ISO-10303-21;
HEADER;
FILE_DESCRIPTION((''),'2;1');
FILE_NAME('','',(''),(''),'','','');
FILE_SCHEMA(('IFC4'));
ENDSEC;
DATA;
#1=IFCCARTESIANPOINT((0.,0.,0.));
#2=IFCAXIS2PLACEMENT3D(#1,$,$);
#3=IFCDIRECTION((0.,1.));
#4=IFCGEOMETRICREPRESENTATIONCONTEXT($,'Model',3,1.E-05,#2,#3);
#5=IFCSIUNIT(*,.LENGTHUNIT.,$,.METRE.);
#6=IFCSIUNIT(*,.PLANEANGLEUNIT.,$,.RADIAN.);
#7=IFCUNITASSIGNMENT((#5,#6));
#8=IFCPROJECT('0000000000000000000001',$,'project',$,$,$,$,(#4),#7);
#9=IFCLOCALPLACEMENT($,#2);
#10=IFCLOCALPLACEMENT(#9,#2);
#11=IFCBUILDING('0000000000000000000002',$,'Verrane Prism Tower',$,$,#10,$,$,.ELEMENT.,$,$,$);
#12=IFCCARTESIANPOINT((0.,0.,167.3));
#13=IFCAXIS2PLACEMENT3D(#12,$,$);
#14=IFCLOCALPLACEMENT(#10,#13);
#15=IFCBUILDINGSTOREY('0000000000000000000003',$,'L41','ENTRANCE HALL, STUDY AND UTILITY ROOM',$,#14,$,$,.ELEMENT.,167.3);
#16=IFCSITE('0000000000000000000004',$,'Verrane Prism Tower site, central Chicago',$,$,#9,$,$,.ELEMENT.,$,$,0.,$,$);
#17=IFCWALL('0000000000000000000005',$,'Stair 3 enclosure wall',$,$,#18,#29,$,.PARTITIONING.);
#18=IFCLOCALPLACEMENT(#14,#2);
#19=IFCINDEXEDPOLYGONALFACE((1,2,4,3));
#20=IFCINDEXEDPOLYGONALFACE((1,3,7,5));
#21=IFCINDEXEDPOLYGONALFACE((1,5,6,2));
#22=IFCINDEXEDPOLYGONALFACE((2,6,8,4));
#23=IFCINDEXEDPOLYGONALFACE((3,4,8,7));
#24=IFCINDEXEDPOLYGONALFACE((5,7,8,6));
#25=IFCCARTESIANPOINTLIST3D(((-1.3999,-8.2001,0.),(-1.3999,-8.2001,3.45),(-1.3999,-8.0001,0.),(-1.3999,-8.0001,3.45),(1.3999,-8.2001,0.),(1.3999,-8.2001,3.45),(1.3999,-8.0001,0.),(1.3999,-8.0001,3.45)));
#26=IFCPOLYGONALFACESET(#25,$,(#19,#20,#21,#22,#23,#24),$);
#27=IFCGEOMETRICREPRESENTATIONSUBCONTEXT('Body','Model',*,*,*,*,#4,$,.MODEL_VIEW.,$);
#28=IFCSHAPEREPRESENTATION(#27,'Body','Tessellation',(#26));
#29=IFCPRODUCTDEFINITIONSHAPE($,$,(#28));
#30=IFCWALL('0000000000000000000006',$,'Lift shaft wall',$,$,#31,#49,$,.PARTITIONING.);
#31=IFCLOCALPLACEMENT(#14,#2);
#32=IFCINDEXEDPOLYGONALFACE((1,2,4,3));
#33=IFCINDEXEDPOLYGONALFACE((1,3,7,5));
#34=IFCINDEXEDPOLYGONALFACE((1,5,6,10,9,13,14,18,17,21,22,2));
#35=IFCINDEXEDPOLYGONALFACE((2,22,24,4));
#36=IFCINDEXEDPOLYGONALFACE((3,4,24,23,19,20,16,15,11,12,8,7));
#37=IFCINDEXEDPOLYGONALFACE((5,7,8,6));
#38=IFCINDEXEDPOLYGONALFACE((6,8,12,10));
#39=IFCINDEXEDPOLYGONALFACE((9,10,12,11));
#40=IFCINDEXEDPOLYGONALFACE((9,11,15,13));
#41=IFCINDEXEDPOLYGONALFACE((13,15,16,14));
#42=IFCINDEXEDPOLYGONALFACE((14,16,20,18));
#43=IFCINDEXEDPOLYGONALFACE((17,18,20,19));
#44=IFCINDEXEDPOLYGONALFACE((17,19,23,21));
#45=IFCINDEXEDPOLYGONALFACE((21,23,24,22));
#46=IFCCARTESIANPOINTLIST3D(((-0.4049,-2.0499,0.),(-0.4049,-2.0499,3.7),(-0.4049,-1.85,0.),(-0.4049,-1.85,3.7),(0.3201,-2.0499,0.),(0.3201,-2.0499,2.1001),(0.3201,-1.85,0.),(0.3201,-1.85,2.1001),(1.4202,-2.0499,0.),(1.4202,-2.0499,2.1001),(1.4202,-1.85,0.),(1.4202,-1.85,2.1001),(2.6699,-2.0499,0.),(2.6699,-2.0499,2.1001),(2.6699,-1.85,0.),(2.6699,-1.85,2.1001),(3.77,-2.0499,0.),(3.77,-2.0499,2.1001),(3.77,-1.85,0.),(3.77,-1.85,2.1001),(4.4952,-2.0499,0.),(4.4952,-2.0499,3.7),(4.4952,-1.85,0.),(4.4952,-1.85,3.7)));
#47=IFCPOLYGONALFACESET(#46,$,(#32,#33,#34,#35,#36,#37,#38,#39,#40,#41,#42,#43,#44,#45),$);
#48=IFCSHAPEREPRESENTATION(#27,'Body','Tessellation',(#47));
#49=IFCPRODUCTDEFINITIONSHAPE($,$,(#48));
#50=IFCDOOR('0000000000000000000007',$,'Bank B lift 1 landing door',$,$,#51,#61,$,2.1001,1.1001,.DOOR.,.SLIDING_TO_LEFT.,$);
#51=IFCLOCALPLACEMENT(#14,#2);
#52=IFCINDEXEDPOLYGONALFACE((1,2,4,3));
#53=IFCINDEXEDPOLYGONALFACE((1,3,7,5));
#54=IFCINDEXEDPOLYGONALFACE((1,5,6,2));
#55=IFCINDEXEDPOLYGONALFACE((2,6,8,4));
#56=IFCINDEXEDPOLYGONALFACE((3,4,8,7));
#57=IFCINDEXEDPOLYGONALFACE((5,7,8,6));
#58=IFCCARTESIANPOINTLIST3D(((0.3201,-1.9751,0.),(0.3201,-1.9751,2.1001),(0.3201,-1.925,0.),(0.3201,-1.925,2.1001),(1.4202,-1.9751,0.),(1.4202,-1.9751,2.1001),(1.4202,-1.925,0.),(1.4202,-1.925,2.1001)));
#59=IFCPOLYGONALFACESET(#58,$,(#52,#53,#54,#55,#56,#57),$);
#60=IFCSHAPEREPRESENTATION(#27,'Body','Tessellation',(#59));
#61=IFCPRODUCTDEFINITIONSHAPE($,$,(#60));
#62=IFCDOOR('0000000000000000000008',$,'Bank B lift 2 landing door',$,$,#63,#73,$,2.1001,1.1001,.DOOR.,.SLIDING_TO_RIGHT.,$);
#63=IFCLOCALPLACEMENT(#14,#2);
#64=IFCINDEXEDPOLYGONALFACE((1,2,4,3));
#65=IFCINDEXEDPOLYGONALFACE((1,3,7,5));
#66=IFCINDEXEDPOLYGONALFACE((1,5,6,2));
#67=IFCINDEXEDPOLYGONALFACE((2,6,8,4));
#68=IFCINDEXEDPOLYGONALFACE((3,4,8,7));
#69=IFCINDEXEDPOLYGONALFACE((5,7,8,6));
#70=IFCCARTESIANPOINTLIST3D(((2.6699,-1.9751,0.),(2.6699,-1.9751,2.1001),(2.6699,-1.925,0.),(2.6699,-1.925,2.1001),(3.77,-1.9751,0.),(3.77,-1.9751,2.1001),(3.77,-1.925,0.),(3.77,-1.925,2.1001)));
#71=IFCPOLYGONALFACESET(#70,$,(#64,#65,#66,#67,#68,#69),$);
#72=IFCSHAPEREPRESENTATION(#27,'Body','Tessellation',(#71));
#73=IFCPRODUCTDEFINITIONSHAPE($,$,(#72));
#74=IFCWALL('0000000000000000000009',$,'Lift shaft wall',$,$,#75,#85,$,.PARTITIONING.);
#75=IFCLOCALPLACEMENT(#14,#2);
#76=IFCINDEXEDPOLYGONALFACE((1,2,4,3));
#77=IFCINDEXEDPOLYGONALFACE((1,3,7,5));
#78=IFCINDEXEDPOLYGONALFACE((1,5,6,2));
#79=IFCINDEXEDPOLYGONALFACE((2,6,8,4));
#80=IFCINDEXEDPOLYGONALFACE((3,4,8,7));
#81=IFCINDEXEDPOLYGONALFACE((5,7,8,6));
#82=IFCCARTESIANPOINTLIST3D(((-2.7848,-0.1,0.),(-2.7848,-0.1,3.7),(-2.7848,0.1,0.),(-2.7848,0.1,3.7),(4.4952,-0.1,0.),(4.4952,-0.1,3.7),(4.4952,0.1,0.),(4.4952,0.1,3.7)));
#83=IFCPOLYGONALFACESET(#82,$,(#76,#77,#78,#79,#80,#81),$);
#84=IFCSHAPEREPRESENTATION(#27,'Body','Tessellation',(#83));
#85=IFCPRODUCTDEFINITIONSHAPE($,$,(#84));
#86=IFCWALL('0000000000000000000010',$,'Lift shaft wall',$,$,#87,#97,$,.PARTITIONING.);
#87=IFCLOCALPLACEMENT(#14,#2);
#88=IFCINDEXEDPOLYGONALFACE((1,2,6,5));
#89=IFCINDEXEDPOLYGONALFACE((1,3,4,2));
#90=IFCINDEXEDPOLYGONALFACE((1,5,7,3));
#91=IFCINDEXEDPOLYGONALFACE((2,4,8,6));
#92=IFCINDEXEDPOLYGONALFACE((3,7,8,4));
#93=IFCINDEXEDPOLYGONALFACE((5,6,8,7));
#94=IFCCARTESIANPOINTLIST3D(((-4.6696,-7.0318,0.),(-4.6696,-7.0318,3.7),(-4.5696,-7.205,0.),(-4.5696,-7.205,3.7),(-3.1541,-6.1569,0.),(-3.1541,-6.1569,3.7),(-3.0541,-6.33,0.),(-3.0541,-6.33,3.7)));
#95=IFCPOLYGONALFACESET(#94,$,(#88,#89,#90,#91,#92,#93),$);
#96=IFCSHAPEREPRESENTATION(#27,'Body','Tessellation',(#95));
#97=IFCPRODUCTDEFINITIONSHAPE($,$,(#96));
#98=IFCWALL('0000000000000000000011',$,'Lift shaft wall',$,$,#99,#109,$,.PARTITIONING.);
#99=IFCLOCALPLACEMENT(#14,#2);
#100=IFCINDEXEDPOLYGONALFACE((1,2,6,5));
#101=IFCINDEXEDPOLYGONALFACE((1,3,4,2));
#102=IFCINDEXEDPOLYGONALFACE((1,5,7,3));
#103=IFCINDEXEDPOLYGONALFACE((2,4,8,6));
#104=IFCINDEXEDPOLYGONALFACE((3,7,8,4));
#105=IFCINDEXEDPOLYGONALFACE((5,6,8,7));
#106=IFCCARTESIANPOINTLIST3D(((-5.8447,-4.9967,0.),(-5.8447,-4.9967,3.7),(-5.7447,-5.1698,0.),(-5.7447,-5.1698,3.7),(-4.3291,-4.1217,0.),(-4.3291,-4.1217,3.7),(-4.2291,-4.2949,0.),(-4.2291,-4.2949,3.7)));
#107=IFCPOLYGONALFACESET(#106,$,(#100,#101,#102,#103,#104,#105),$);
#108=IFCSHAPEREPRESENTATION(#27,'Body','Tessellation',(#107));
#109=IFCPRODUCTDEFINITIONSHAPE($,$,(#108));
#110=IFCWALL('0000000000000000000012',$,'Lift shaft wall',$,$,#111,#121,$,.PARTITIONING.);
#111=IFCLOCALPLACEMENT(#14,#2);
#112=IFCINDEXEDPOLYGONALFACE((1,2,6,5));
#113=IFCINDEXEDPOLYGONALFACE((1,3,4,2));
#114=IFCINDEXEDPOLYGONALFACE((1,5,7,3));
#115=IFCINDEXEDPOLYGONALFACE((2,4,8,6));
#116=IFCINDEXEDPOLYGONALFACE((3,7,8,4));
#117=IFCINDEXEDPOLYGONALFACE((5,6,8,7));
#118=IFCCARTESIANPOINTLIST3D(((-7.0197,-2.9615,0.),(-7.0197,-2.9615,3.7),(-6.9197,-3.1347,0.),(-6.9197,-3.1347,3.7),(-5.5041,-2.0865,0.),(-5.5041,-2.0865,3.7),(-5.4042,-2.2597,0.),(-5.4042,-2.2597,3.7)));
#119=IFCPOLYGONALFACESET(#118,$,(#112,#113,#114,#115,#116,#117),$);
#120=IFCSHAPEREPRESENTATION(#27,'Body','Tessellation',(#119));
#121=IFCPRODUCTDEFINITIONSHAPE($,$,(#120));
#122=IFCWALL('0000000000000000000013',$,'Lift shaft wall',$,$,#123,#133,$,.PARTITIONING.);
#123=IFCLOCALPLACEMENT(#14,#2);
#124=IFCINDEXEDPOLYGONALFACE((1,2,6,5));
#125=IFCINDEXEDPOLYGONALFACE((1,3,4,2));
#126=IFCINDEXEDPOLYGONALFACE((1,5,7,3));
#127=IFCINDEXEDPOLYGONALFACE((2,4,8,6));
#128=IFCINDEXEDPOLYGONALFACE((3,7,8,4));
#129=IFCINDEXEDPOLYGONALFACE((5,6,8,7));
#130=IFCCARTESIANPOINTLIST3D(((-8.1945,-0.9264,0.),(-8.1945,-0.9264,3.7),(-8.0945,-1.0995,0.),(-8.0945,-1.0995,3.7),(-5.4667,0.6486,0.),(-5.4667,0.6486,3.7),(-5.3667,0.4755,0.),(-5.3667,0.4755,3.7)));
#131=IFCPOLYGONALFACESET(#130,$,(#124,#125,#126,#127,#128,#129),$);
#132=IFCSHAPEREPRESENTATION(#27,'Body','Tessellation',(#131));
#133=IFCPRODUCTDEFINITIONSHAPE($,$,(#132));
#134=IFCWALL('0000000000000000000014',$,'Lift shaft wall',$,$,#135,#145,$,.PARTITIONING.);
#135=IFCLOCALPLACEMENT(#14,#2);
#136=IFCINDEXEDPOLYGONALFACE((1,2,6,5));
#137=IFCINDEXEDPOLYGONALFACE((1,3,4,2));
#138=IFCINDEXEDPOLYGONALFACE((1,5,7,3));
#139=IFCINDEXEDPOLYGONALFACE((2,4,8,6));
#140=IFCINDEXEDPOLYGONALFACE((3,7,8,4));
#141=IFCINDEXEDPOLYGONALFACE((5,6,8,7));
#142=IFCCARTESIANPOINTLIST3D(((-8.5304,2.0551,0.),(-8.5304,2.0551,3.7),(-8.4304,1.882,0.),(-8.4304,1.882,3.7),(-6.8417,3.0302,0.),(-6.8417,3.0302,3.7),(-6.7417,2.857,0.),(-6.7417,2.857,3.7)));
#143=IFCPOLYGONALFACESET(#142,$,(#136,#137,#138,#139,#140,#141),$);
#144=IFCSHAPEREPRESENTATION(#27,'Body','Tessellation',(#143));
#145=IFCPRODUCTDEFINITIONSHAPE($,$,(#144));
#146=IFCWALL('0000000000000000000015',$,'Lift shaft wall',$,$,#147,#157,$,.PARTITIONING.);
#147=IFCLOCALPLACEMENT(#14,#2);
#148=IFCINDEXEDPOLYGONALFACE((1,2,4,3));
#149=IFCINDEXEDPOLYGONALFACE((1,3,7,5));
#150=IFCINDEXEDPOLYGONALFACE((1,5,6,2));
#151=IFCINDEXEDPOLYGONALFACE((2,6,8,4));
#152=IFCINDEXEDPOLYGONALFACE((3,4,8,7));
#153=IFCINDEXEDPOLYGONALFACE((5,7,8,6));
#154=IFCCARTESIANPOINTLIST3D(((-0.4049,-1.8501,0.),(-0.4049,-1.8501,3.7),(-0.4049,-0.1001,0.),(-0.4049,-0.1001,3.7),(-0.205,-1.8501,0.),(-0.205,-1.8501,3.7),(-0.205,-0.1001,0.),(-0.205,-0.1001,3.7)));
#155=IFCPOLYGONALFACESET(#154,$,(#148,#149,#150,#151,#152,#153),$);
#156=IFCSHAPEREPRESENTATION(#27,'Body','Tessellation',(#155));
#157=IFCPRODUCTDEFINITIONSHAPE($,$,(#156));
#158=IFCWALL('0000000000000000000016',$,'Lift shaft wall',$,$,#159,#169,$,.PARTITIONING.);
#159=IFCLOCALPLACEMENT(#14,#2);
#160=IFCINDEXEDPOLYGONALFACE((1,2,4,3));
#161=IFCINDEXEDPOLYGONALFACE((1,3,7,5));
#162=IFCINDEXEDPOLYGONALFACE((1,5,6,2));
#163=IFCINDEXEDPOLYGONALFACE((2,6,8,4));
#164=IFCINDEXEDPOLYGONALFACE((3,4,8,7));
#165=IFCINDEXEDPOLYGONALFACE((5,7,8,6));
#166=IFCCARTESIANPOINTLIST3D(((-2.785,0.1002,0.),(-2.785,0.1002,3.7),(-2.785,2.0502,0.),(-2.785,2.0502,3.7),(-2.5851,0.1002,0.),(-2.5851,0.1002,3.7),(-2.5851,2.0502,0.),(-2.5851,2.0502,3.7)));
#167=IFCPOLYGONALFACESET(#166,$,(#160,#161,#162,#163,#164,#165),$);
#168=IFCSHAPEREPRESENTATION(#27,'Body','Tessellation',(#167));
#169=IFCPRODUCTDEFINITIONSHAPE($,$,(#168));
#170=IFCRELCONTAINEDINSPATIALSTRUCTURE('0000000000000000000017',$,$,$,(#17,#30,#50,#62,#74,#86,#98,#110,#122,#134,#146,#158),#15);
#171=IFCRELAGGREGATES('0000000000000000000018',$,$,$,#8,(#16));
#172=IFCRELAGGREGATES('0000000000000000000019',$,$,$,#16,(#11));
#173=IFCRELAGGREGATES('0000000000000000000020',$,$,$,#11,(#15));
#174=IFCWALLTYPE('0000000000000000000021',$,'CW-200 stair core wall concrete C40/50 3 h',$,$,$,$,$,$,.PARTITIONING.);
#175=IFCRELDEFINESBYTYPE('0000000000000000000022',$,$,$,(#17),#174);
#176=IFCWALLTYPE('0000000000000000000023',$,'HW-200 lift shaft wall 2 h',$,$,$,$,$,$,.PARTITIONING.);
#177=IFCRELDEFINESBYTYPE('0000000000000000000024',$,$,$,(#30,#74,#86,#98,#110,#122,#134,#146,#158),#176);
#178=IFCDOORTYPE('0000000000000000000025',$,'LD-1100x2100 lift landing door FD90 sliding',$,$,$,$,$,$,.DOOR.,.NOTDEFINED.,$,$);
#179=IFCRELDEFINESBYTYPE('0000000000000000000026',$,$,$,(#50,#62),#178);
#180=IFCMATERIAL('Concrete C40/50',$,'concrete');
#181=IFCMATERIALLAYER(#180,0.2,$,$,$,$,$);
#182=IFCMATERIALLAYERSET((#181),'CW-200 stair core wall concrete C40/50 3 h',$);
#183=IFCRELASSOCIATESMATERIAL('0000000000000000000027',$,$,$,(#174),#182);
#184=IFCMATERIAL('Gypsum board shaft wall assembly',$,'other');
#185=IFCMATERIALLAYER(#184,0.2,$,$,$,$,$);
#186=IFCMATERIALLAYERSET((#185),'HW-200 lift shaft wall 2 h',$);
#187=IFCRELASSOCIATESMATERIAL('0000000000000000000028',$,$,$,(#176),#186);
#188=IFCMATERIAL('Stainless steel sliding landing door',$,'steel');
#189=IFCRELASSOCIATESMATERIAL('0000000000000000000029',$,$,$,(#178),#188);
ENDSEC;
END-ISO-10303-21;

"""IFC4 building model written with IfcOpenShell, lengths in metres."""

from ifc_helpers import new_model, si_unit, direction, frame, frame_2d, origin, place, context, subcontext, project, spatial, rectangle, extrude, material, layer, layer_set, type_object, element, fill, save


model = new_model("IFC4")

# Units and contexts
model_context = context("Model", 3, precision=1e-05, world=origin(), true_north=direction((0.0, 1.0)))
body_context = subcontext(model_context, "Body", "Model", "MODEL_VIEW")
ifc_project = project(units=[si_unit("LENGTHUNIT", "METRE"), si_unit("PLANEANGLEUNIT", "RADIAN")], contexts=[model_context])

# Site, building, storey
site_placement = place(None, origin())
site = spatial("IfcSite", under=ifc_project, at=site_placement, Name="Verrane Prism Tower site, central Chicago", CompositionType="ELEMENT", RefElevation=0.0)
building_placement = place(site_placement, origin())
building = spatial("IfcBuilding", under=site, at=building_placement, Name="Verrane Prism Tower", CompositionType="ELEMENT")
storey_placement = place(building_placement, frame((0.0, 0.0, 167.3)))
storey = spatial("IfcBuildingStorey", under=building, at=storey_placement, Name="L41", Description="ENTRANCE HALL, STUDY AND UTILITY ROOM", CompositionType="ELEMENT", Elevation=167.3)

# Wall
ifc_material_1 = material(Name="Concrete C40/50", Category="concrete")
ifc_layer_1 = layer(ifc_material_1, 0.2)
ifc_layer_set_1 = layer_set([ifc_layer_1], Name="CW-200 stair core wall concrete C40/50 3 h")
wall_type_1 = type_object("IfcWallType", Name="CW-200 stair core wall concrete C40/50 3 h", PredefinedType="PARTITIONING", material=ifc_layer_set_1)
wall_1_placement = place(storey_placement, frame((-1.3999, -8.1001, 0.0), z_axis=(0.0, 0.0, 1.0), x_axis=(1.0, 0.0, 0.0)))
element("IfcWall", 1, at=wall_1_placement, inside=storey, type_object=wall_type_1, Name="Stair 3 enclosure wall", PredefinedType="PARTITIONING", context=body_context, shape_type="SweptSolid", body=[
    extrude(rectangle(XDim=2.7998, YDim=0.2, at=frame_2d((1.3999, 0.0))), origin(), (0.0, 0.0, 1.0), 3.45),
])

# Wall, openings, doors
ifc_material_2 = material(Name="Gypsum board shaft wall assembly", Category="other")
ifc_layer_2 = layer(ifc_material_2, 0.2)
ifc_layer_set_2 = layer_set([ifc_layer_2], Name="HW-200 lift shaft wall 2 h")
wall_type_2 = type_object("IfcWallType", Name="HW-200 lift shaft wall 2 h", PredefinedType="PARTITIONING", material=ifc_layer_set_2)
wall_2_placement = place(storey_placement, frame((-0.405, -1.95, 0.0), z_axis=(0.0, 0.0, 1.0), x_axis=(1.0, 0.0, 0.0)))
wall_2 = element("IfcWall", 2, at=wall_2_placement, inside=storey, type_object=wall_type_2, Name="Lift shaft wall", PredefinedType="PARTITIONING", context=body_context, shape_type="SweptSolid", body=[
    extrude(rectangle(XDim=4.9001, YDim=0.2, at=frame_2d((2.4502, 0.0))), origin(), (0.0, 0.0, 1.0), 3.7),
])
opening_1_placement = place(wall_2_placement, frame((0.7251, 0.0, 0.0)))
opening_1 = element("IfcOpeningElement", 3, at=opening_1_placement, cuts=wall_2, PredefinedType="OPENING", context=body_context, shape_type="SweptSolid", body=[
    extrude(rectangle(XDim=1.1001, YDim=2.1001, at=frame_2d((0.55, 1.05))), frame((0.0, 0.1099, 0.0), z_axis=(0.0, -1.0, 0.0), x_axis=(1.0, 0.0, 0.0)), (0.0, 0.0, 1.0), 0.22),
])
opening_2_placement = place(wall_2_placement, frame((3.075, 0.0, 0.0)))
opening_2 = element("IfcOpeningElement", 4, at=opening_2_placement, cuts=wall_2, PredefinedType="OPENING", context=body_context, shape_type="SweptSolid", body=[
    extrude(rectangle(XDim=1.1001, YDim=2.1001, at=frame_2d((0.55, 1.05))), frame((0.0, 0.1099, 0.0), z_axis=(0.0, -1.0, 0.0), x_axis=(1.0, 0.0, 0.0)), (0.0, 0.0, 1.0), 0.22),
])
ifc_material_3 = material(Name="Stainless steel sliding landing door", Category="steel")
door_type = type_object("IfcDoorType", Name="LD-1100x2100 lift landing door FD90 sliding", OperationType="NOTDEFINED", PredefinedType="DOOR", material=ifc_material_3)
door_1_placement = place(opening_1_placement, origin())
door_1 = element("IfcDoor", 5, at=door_1_placement, inside=storey, type_object=door_type, Name="Bank B lift 1 landing door", OperationType="SLIDING_TO_LEFT", OverallHeight=2.1001, OverallWidth=1.1001, PredefinedType="DOOR", context=body_context, shape_type="SweptSolid", body=[
    extrude(rectangle(XDim=1.1001, YDim=2.1001, at=frame_2d((0.55, 1.05))), frame((0.0, 0.0249, 0.0), z_axis=(0.0, -1.0, 0.0), x_axis=(1.0, 0.0, 0.0)), (0.0, 0.0, 1.0), 0.05),
])
fill(opening_1, door_1)
door_2_placement = place(opening_2_placement, origin())
door_2 = element("IfcDoor", 6, at=door_2_placement, inside=storey, type_object=door_type, Name="Bank B lift 2 landing door", OperationType="SLIDING_TO_RIGHT", OverallHeight=2.1001, OverallWidth=1.1001, PredefinedType="DOOR", context=body_context, shape_type="SweptSolid", body=[
    extrude(rectangle(XDim=1.1001, YDim=2.1001, at=frame_2d((0.55, 1.05))), frame((0.0, 0.0249, 0.0), z_axis=(0.0, -1.0, 0.0), x_axis=(1.0, 0.0, 0.0)), (0.0, 0.0, 1.0), 0.05),
])
fill(opening_2, door_2)

# Walls
wall_3_placement = place(storey_placement, frame((-2.7849, 0.0, 0.0), z_axis=(0.0, 0.0, 1.0), x_axis=(1.0, 0.0, 0.0)))
element("IfcWall", 7, at=wall_3_placement, inside=storey, type_object=wall_type_2, Name="Lift shaft wall", PredefinedType="PARTITIONING", context=body_context, shape_type="SweptSolid", body=[
    extrude(rectangle(XDim=7.28, YDim=0.2, at=frame_2d((3.6401, 0.0))), origin(), (0.0, 0.0, 1.0), 3.7),
])
for number, where, z_axis, x_axis, name in (
    (8, (-4.6196, -7.1184, 0.0), (0.0, 0.0, 1.0), (0.866037, 0.49998, 0.0), "Lift shaft wall"),
    (9, (-5.7947, -5.0833, 0.0), (0.0, 0.0, 1.0), (0.866037, 0.49998, 0.0), "Lift shaft wall"),
    (10, (-6.9697, -3.0481, 0.0), (0.0, 0.0, 1.0), (0.866037, 0.49998, 0.0), "Lift shaft wall"),
):
    element("IfcWall", number, at=place(storey_placement, frame(where, z_axis=z_axis, x_axis=x_axis)), inside=storey, type_object=wall_type_2, Name=name, PredefinedType="PARTITIONING", context=body_context, shape_type="SweptSolid", body=[
        extrude(rectangle(XDim=1.75, YDim=0.2, at=frame_2d((0.875, 0.0))), origin(), (0.0, 0.0, 1.0), 3.7),
    ])
wall_4_placement = place(storey_placement, frame((-8.1445, -1.0129, 0.0), z_axis=(0.0, 0.0, 1.0), x_axis=(0.866016, 0.500015, 0.0)))
element("IfcWall", 11, at=wall_4_placement, inside=storey, type_object=wall_type_2, Name="Lift shaft wall", PredefinedType="PARTITIONING", context=body_context, shape_type="SweptSolid", body=[
    extrude(rectangle(XDim=3.1499, YDim=0.2, at=frame_2d((1.575, 0.0))), origin(), (0.0, 0.0, 1.0), 3.7),
])
wall_5_placement = place(storey_placement, frame((-8.4805, 1.9685, 0.0), z_axis=(0.0, 0.0, 1.0), x_axis=(0.866, 0.500044, 0.0)))
element("IfcWall", 12, at=wall_5_placement, inside=storey, type_object=wall_type_2, Name="Lift shaft wall", PredefinedType="PARTITIONING", context=body_context, shape_type="SweptSolid", body=[
    extrude(rectangle(XDim=1.95, YDim=0.2, at=frame_2d((0.9751, 0.0))), origin(), (0.0, 0.0, 1.0), 3.7),
])
wall_6_placement = place(storey_placement, frame((-0.3049, -1.8501, 0.0), z_axis=(0.0, 0.0, 1.0), x_axis=(0.0, 1.0, 0.0)))
element("IfcWall", 13, at=wall_6_placement, inside=storey, type_object=wall_type_2, Name="Lift shaft wall", PredefinedType="PARTITIONING", context=body_context, shape_type="SweptSolid", body=[
    extrude(rectangle(XDim=1.75, YDim=0.2, at=frame_2d((0.875, 0.0))), origin(), (0.0, 0.0, 1.0), 3.7),
])
wall_7_placement = place(storey_placement, frame((-2.6851, 0.1001, 0.0), z_axis=(0.0, 0.0, 1.0), x_axis=(0.0, 1.0, 0.0)))
element("IfcWall", 14, at=wall_7_placement, inside=storey, type_object=wall_type_2, Name="Lift shaft wall", PredefinedType="PARTITIONING", context=body_context, shape_type="SweptSolid", body=[
    extrude(rectangle(XDim=1.95, YDim=0.2, at=frame_2d((0.9751, 0.0))), origin(), (0.0, 0.0, 1.0), 3.7),
])

save(model, "model.ifc")
